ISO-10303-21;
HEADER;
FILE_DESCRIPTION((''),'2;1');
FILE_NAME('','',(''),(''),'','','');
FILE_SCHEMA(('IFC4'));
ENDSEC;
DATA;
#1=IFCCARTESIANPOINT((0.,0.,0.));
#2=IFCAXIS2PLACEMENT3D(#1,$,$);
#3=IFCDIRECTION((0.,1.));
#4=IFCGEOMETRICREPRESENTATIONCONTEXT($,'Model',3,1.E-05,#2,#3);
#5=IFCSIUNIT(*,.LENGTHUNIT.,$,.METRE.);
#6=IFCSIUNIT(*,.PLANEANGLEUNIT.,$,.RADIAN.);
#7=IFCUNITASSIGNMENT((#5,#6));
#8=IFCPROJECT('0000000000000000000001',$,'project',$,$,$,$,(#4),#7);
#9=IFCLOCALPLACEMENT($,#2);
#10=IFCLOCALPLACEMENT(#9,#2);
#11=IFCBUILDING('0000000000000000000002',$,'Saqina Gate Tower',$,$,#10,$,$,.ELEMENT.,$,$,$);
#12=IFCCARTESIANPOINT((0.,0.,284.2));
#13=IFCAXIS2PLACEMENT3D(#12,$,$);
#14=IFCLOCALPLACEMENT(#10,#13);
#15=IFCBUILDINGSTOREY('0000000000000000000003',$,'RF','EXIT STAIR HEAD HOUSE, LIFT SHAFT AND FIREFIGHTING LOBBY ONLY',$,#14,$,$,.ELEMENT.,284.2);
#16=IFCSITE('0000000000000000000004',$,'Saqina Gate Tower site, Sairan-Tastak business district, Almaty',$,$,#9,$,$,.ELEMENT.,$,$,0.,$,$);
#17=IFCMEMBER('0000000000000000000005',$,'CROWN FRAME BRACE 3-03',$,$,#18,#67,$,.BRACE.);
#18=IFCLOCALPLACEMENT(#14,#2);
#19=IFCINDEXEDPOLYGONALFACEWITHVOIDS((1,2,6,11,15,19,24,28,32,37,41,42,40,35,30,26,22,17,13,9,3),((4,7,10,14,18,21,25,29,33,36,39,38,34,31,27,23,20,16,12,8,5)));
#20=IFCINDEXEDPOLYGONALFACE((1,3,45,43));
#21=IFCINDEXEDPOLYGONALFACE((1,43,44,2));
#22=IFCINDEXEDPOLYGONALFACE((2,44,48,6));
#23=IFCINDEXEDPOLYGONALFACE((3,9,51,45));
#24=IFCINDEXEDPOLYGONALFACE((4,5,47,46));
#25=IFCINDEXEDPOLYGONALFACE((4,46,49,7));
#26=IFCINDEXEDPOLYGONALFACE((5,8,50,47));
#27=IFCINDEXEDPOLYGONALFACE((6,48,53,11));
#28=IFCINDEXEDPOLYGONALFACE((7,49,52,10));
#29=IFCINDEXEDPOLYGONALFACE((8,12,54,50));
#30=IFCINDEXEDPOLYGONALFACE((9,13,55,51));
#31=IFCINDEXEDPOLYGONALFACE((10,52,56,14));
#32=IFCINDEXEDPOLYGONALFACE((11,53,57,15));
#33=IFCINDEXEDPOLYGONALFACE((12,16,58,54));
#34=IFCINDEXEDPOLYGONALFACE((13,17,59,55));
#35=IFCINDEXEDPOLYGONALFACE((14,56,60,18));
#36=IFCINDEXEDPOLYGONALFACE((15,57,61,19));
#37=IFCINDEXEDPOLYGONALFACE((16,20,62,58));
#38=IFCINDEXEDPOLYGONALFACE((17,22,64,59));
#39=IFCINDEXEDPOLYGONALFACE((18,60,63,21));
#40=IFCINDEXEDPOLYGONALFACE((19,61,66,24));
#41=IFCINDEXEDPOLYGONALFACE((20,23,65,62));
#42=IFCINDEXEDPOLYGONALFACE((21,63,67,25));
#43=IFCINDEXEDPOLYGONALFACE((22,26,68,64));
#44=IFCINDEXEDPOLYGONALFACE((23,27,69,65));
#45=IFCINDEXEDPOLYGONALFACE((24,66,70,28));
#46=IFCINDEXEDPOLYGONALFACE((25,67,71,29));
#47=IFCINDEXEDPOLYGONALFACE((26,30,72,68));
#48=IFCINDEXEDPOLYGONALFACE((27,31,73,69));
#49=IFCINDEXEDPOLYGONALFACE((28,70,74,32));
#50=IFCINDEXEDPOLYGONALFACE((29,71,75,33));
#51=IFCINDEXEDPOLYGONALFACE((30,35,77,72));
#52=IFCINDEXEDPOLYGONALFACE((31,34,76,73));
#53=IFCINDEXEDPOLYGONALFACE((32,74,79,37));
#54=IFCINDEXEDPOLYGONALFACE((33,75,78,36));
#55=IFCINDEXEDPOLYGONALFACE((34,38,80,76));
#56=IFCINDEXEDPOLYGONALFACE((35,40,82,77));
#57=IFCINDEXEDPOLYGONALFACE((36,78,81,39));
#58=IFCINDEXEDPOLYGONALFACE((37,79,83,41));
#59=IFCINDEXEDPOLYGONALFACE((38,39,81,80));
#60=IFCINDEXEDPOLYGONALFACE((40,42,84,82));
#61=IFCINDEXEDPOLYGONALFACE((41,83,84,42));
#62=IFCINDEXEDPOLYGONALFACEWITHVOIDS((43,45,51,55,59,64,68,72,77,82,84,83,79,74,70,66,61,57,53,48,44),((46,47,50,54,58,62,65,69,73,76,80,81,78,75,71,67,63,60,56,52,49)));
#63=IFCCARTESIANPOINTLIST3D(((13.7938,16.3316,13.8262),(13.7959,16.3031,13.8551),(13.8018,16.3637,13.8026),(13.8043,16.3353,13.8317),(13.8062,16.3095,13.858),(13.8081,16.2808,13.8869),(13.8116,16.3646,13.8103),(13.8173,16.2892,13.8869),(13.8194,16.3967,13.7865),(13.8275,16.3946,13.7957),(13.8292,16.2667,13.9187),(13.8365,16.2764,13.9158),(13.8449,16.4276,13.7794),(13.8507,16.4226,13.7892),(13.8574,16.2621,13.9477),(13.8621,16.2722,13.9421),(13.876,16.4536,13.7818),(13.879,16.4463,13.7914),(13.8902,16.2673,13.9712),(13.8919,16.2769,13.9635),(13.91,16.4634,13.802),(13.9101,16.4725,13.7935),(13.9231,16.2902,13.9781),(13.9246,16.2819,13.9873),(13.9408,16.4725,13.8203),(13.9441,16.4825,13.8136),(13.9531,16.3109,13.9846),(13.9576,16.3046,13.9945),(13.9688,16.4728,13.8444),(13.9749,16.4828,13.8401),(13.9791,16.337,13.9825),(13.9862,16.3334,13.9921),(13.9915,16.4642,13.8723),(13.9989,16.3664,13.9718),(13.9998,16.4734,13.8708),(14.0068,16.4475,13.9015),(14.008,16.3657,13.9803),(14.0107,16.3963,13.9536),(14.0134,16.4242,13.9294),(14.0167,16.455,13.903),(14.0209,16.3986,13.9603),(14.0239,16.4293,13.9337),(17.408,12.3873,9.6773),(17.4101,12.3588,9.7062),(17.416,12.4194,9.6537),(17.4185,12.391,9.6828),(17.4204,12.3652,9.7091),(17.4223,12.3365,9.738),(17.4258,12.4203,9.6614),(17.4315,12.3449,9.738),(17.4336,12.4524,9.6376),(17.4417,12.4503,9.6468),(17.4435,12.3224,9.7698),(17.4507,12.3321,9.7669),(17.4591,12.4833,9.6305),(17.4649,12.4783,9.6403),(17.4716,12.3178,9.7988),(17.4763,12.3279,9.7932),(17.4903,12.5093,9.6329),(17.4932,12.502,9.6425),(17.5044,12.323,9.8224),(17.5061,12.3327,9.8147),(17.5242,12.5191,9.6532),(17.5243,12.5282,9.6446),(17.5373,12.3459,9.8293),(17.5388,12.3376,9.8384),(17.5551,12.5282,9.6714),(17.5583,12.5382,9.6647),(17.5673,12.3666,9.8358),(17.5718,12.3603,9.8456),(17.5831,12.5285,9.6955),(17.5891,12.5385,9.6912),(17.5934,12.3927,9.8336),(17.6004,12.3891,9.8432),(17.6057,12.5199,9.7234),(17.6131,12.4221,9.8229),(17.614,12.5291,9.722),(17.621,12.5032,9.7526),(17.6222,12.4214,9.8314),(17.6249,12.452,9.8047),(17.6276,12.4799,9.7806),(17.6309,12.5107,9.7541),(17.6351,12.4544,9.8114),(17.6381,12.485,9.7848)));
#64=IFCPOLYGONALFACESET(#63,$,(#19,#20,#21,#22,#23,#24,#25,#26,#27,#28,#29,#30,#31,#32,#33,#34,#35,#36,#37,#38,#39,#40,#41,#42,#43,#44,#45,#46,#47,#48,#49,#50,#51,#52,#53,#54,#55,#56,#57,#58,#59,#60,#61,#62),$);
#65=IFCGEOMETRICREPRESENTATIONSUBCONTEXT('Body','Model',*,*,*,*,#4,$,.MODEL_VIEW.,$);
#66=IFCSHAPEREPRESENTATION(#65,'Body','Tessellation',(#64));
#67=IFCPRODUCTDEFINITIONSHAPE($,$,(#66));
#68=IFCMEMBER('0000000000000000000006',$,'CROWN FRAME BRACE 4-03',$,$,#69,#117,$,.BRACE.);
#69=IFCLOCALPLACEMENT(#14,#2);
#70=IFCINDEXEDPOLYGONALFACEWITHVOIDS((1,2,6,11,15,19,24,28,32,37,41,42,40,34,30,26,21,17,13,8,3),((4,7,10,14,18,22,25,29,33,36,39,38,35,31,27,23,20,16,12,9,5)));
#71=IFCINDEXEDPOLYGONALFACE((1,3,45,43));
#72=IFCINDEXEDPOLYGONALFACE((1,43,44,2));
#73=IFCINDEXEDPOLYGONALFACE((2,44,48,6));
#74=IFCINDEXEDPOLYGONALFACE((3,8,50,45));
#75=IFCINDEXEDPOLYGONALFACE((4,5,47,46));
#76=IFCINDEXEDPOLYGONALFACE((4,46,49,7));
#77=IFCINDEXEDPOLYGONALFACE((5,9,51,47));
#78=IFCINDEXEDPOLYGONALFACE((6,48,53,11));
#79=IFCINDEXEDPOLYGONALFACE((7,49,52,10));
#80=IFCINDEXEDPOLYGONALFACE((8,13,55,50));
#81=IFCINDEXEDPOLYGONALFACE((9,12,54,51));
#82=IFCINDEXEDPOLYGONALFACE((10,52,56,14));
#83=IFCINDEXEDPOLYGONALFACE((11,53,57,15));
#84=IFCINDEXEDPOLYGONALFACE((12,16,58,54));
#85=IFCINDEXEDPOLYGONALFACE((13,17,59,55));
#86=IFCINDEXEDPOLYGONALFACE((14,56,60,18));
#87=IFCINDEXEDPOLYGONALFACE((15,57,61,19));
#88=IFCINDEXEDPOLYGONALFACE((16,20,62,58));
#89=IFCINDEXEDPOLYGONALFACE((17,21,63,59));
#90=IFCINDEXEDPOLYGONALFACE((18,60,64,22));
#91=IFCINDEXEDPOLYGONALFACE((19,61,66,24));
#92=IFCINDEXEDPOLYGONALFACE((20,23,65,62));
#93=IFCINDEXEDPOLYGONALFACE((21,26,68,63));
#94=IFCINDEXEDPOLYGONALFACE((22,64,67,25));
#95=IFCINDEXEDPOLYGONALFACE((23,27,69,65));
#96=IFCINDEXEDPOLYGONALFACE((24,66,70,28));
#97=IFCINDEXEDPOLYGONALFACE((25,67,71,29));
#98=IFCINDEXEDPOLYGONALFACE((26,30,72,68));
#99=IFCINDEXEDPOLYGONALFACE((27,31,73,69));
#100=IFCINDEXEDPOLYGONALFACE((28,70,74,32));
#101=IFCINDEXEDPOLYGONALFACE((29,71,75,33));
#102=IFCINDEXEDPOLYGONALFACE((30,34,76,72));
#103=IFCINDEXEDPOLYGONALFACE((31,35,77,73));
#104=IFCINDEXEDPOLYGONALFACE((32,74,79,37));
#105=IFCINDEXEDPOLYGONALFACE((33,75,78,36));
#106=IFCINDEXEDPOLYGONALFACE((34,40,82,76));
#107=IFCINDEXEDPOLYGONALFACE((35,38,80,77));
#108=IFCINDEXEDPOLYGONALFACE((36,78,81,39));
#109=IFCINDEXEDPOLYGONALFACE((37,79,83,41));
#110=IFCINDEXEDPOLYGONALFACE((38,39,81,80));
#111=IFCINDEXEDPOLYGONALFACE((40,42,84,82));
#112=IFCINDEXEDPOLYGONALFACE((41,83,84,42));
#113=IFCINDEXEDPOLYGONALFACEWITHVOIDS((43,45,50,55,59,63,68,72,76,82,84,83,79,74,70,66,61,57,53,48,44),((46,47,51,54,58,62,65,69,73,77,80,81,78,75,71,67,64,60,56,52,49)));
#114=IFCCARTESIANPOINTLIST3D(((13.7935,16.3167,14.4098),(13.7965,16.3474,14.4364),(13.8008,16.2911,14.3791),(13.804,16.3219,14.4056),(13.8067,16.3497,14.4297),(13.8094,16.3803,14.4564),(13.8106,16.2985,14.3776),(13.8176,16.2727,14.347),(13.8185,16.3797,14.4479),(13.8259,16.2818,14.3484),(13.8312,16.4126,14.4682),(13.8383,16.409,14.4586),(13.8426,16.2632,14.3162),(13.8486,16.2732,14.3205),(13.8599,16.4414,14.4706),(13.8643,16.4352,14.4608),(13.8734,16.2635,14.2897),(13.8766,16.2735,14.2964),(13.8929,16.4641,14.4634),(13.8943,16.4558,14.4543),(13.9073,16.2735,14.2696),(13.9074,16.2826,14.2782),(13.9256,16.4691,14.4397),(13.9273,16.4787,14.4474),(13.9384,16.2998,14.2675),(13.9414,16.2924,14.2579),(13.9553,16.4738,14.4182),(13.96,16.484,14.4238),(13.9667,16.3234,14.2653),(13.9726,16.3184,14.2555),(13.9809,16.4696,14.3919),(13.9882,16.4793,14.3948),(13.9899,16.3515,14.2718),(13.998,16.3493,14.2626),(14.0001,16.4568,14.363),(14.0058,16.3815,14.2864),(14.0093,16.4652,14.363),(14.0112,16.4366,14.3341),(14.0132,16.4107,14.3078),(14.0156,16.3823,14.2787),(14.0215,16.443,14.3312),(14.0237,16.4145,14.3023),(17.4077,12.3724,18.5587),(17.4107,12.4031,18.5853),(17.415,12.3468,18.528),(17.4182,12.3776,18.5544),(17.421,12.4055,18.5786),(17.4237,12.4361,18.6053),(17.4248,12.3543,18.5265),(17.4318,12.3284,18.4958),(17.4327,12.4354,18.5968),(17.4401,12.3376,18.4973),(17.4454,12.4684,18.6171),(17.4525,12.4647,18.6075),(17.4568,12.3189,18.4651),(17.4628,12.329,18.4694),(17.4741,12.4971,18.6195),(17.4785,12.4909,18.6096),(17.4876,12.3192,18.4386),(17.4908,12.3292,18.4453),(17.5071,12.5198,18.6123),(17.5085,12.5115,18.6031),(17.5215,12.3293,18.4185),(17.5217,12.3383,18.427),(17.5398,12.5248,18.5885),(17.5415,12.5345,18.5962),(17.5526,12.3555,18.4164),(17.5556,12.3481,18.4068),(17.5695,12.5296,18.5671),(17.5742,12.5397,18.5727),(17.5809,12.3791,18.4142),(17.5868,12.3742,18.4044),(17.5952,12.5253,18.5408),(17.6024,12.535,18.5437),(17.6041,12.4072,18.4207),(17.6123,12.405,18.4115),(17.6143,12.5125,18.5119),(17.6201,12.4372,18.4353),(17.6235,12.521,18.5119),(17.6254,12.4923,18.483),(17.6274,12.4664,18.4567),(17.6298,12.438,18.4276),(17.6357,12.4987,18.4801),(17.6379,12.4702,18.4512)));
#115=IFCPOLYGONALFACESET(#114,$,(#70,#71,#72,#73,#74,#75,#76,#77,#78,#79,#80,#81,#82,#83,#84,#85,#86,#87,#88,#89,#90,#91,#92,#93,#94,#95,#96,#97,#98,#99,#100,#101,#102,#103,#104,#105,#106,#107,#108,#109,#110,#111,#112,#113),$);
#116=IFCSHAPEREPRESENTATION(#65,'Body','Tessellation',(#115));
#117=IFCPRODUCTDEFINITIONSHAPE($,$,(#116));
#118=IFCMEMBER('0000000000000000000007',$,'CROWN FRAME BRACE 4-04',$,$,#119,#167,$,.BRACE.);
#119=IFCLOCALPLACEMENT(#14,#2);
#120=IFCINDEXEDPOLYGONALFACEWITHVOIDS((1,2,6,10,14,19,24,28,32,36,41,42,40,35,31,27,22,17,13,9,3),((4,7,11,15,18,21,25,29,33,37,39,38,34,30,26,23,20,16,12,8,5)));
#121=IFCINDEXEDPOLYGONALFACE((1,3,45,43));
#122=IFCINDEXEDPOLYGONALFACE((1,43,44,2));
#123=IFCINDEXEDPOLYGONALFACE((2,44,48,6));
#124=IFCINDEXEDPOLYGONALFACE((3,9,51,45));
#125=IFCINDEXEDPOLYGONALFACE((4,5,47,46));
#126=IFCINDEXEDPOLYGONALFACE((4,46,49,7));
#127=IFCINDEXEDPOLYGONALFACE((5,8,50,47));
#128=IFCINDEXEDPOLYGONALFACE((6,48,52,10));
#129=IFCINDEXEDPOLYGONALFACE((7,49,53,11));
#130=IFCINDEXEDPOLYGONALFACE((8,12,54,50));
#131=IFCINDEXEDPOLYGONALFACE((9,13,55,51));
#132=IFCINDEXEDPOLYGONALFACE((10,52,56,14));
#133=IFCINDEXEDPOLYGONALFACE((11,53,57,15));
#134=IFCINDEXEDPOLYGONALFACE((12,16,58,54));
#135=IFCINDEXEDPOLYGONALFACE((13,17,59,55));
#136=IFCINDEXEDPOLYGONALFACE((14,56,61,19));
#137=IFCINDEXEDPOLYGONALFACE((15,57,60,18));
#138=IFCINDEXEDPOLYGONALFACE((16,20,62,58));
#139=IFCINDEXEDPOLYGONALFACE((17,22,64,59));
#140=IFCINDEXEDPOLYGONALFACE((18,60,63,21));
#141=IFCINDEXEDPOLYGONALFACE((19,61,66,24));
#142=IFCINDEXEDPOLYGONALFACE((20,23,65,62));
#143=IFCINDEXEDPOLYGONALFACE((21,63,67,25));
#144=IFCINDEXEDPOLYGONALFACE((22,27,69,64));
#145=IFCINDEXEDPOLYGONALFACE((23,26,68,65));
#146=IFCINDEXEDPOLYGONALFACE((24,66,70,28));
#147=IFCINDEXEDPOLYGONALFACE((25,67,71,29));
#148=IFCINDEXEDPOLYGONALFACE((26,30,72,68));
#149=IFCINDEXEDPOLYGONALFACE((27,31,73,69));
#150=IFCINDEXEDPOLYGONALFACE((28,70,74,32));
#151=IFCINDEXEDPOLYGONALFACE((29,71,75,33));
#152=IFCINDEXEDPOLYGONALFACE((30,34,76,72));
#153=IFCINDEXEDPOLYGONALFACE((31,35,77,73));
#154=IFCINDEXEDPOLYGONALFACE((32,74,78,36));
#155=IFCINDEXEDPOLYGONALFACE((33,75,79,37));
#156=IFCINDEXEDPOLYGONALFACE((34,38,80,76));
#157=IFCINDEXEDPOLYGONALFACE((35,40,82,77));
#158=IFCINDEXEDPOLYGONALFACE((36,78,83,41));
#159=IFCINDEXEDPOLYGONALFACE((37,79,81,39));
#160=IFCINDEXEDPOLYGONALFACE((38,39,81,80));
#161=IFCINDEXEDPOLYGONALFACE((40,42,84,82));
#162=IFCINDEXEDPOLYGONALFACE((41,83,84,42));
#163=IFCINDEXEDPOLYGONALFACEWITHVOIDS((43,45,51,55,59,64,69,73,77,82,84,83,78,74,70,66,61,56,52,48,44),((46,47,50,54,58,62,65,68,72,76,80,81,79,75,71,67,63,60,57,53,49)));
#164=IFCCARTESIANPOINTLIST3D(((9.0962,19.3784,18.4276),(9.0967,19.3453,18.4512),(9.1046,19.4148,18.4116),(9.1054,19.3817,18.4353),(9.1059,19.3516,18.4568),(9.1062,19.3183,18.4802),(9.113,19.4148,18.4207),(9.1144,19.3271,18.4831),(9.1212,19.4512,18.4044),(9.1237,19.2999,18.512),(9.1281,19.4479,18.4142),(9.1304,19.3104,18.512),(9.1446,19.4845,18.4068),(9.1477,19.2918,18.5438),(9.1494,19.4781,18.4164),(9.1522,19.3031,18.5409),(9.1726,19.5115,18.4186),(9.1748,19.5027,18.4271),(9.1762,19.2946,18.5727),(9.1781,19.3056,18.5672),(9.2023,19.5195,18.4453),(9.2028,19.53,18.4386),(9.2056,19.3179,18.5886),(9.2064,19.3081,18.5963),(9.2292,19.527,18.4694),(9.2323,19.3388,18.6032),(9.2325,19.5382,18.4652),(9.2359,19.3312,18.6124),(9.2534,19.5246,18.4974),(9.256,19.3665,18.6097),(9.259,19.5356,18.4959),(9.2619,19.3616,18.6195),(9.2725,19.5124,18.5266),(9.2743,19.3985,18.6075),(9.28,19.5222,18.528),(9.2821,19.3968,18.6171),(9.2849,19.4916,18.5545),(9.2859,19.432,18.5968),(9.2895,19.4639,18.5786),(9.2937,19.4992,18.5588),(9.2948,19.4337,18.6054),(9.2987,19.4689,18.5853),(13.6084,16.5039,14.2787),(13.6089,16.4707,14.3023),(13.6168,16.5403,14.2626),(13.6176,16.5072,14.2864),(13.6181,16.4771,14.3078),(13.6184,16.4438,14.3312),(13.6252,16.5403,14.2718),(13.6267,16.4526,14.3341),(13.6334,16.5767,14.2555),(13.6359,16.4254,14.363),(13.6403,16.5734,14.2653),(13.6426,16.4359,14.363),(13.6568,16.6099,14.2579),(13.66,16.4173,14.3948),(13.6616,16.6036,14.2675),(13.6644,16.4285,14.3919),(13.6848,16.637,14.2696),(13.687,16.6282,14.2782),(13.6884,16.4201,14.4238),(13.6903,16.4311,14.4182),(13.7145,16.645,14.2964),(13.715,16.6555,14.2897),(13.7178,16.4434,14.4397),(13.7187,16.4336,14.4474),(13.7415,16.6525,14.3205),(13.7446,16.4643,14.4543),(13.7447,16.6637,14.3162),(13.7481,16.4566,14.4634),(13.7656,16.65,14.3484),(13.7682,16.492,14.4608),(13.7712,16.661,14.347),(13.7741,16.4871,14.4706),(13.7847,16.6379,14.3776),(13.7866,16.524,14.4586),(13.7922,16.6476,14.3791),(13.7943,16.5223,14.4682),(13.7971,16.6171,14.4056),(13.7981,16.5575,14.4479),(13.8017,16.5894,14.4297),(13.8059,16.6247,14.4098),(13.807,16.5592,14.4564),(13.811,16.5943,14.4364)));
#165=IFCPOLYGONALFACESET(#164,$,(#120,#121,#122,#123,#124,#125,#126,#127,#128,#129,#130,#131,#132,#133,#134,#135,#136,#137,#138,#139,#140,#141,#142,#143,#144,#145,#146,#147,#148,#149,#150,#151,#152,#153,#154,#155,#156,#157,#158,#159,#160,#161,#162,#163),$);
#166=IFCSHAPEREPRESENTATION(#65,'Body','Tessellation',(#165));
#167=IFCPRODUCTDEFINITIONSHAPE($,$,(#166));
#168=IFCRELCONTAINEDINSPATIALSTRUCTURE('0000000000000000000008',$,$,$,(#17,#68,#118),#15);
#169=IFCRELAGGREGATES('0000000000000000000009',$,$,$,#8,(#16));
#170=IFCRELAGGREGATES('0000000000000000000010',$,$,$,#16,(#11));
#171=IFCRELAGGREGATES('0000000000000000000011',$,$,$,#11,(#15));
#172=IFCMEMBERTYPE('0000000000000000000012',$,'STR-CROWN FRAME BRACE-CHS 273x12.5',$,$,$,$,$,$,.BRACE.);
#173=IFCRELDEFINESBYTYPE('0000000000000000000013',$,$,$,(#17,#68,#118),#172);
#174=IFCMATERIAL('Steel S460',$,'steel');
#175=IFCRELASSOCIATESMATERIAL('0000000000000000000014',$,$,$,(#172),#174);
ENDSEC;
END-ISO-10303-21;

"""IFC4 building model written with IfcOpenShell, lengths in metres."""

from ifc_helpers import new_model, si_unit, direction, frame, origin, origin_2d, place, context, subcontext, project, spatial, hollow_circle, extrude, material, material_profile, profile_set, type_object, element, save


model = new_model("IFC4")

# Units and contexts
model_context = context("Model", 3, precision=1e-05, world=origin(), true_north=direction((0.0, 1.0)))
body_context = subcontext(model_context, "Body", "Model", "MODEL_VIEW")
ifc_project = project(units=[si_unit("LENGTHUNIT", "METRE"), si_unit("PLANEANGLEUNIT", "RADIAN")], contexts=[model_context])

# Site, building, storey
site_placement = place(None, origin())
site = spatial("IfcSite", under=ifc_project, at=site_placement, Name="Saqina Gate Tower site, Sairan-Tastak business district, Almaty", CompositionType="ELEMENT", RefElevation=0.0)
building_placement = place(site_placement, origin())
building = spatial("IfcBuilding", under=site, at=building_placement, Name="Saqina Gate Tower", CompositionType="ELEMENT")
storey_placement = place(building_placement, frame((0.0, 0.0, 284.2)))
storey = spatial("IfcBuildingStorey", under=building, at=storey_placement, Name="RF", Description="EXIT STAIR HEAD HOUSE, LIFT SHAFT AND FIREFIGHTING LOBBY ONLY", CompositionType="ELEMENT", Elevation=284.2)

# Members
ifc_material_1 = material(Name="Steel S460", Category="steel")
ifc_material_profile_1 = material_profile(ifc_material_1, hollow_circle(Radius=0.1365, WallThickness=0.0125, at=origin_2d()), Name="CHS 273x12.5")
ifc_profile_set_1 = profile_set([ifc_material_profile_1], Name="Steel S460")
member_type = type_object("IfcMemberType", Name="STR-CROWN FRAME BRACE-CHS 273x12.5", PredefinedType="BRACE", material=ifc_profile_set_1)
for number, where, z_axis, x_axis, name in (
    (1, (17.5229, 12.4287, 9.738), (-0.533856, 0.582611, 0.612831), (-0.737283, -0.675584, 0.0), "CROWN FRAME BRACE 3-03"),
    (2, (13.9087, 16.373, 14.363), (0.533856, -0.582611, 0.612831), (0.737283, 0.675584, 0.0), "CROWN FRAME BRACE 4-03"),
):
    element("IfcMember", number, at=place(storey_placement, frame(where, z_axis=z_axis, x_axis=x_axis)), inside=storey, type_object=member_type, Name=name, PredefinedType="BRACE", context=body_context, shape_type="SweptSolid", body=[
        extrude(hollow_circle(Radius=0.1365, WallThickness=0.0125, at=origin_2d()), origin(), (0.0, 0.0, 1.0), 6.77),
    ])
member_1_placement = place(storey_placement, frame((13.7092, 16.5405, 14.363), z_axis=(-0.666475, 0.424579, 0.612816), x_axis=(-0.537289, -0.843398, 0.0)))
element("IfcMember", 3, at=member_1_placement, inside=storey, type_object=member_type, Name="CROWN FRAME BRACE 4-04", PredefinedType="BRACE", context=body_context, shape_type="SweptSolid", body=[
    extrude(hollow_circle(Radius=0.1365, WallThickness=0.0125, at=origin_2d()), origin(), (0.0, 0.0, 1.0), 6.7703),
])

save(model, "model.ifc")
